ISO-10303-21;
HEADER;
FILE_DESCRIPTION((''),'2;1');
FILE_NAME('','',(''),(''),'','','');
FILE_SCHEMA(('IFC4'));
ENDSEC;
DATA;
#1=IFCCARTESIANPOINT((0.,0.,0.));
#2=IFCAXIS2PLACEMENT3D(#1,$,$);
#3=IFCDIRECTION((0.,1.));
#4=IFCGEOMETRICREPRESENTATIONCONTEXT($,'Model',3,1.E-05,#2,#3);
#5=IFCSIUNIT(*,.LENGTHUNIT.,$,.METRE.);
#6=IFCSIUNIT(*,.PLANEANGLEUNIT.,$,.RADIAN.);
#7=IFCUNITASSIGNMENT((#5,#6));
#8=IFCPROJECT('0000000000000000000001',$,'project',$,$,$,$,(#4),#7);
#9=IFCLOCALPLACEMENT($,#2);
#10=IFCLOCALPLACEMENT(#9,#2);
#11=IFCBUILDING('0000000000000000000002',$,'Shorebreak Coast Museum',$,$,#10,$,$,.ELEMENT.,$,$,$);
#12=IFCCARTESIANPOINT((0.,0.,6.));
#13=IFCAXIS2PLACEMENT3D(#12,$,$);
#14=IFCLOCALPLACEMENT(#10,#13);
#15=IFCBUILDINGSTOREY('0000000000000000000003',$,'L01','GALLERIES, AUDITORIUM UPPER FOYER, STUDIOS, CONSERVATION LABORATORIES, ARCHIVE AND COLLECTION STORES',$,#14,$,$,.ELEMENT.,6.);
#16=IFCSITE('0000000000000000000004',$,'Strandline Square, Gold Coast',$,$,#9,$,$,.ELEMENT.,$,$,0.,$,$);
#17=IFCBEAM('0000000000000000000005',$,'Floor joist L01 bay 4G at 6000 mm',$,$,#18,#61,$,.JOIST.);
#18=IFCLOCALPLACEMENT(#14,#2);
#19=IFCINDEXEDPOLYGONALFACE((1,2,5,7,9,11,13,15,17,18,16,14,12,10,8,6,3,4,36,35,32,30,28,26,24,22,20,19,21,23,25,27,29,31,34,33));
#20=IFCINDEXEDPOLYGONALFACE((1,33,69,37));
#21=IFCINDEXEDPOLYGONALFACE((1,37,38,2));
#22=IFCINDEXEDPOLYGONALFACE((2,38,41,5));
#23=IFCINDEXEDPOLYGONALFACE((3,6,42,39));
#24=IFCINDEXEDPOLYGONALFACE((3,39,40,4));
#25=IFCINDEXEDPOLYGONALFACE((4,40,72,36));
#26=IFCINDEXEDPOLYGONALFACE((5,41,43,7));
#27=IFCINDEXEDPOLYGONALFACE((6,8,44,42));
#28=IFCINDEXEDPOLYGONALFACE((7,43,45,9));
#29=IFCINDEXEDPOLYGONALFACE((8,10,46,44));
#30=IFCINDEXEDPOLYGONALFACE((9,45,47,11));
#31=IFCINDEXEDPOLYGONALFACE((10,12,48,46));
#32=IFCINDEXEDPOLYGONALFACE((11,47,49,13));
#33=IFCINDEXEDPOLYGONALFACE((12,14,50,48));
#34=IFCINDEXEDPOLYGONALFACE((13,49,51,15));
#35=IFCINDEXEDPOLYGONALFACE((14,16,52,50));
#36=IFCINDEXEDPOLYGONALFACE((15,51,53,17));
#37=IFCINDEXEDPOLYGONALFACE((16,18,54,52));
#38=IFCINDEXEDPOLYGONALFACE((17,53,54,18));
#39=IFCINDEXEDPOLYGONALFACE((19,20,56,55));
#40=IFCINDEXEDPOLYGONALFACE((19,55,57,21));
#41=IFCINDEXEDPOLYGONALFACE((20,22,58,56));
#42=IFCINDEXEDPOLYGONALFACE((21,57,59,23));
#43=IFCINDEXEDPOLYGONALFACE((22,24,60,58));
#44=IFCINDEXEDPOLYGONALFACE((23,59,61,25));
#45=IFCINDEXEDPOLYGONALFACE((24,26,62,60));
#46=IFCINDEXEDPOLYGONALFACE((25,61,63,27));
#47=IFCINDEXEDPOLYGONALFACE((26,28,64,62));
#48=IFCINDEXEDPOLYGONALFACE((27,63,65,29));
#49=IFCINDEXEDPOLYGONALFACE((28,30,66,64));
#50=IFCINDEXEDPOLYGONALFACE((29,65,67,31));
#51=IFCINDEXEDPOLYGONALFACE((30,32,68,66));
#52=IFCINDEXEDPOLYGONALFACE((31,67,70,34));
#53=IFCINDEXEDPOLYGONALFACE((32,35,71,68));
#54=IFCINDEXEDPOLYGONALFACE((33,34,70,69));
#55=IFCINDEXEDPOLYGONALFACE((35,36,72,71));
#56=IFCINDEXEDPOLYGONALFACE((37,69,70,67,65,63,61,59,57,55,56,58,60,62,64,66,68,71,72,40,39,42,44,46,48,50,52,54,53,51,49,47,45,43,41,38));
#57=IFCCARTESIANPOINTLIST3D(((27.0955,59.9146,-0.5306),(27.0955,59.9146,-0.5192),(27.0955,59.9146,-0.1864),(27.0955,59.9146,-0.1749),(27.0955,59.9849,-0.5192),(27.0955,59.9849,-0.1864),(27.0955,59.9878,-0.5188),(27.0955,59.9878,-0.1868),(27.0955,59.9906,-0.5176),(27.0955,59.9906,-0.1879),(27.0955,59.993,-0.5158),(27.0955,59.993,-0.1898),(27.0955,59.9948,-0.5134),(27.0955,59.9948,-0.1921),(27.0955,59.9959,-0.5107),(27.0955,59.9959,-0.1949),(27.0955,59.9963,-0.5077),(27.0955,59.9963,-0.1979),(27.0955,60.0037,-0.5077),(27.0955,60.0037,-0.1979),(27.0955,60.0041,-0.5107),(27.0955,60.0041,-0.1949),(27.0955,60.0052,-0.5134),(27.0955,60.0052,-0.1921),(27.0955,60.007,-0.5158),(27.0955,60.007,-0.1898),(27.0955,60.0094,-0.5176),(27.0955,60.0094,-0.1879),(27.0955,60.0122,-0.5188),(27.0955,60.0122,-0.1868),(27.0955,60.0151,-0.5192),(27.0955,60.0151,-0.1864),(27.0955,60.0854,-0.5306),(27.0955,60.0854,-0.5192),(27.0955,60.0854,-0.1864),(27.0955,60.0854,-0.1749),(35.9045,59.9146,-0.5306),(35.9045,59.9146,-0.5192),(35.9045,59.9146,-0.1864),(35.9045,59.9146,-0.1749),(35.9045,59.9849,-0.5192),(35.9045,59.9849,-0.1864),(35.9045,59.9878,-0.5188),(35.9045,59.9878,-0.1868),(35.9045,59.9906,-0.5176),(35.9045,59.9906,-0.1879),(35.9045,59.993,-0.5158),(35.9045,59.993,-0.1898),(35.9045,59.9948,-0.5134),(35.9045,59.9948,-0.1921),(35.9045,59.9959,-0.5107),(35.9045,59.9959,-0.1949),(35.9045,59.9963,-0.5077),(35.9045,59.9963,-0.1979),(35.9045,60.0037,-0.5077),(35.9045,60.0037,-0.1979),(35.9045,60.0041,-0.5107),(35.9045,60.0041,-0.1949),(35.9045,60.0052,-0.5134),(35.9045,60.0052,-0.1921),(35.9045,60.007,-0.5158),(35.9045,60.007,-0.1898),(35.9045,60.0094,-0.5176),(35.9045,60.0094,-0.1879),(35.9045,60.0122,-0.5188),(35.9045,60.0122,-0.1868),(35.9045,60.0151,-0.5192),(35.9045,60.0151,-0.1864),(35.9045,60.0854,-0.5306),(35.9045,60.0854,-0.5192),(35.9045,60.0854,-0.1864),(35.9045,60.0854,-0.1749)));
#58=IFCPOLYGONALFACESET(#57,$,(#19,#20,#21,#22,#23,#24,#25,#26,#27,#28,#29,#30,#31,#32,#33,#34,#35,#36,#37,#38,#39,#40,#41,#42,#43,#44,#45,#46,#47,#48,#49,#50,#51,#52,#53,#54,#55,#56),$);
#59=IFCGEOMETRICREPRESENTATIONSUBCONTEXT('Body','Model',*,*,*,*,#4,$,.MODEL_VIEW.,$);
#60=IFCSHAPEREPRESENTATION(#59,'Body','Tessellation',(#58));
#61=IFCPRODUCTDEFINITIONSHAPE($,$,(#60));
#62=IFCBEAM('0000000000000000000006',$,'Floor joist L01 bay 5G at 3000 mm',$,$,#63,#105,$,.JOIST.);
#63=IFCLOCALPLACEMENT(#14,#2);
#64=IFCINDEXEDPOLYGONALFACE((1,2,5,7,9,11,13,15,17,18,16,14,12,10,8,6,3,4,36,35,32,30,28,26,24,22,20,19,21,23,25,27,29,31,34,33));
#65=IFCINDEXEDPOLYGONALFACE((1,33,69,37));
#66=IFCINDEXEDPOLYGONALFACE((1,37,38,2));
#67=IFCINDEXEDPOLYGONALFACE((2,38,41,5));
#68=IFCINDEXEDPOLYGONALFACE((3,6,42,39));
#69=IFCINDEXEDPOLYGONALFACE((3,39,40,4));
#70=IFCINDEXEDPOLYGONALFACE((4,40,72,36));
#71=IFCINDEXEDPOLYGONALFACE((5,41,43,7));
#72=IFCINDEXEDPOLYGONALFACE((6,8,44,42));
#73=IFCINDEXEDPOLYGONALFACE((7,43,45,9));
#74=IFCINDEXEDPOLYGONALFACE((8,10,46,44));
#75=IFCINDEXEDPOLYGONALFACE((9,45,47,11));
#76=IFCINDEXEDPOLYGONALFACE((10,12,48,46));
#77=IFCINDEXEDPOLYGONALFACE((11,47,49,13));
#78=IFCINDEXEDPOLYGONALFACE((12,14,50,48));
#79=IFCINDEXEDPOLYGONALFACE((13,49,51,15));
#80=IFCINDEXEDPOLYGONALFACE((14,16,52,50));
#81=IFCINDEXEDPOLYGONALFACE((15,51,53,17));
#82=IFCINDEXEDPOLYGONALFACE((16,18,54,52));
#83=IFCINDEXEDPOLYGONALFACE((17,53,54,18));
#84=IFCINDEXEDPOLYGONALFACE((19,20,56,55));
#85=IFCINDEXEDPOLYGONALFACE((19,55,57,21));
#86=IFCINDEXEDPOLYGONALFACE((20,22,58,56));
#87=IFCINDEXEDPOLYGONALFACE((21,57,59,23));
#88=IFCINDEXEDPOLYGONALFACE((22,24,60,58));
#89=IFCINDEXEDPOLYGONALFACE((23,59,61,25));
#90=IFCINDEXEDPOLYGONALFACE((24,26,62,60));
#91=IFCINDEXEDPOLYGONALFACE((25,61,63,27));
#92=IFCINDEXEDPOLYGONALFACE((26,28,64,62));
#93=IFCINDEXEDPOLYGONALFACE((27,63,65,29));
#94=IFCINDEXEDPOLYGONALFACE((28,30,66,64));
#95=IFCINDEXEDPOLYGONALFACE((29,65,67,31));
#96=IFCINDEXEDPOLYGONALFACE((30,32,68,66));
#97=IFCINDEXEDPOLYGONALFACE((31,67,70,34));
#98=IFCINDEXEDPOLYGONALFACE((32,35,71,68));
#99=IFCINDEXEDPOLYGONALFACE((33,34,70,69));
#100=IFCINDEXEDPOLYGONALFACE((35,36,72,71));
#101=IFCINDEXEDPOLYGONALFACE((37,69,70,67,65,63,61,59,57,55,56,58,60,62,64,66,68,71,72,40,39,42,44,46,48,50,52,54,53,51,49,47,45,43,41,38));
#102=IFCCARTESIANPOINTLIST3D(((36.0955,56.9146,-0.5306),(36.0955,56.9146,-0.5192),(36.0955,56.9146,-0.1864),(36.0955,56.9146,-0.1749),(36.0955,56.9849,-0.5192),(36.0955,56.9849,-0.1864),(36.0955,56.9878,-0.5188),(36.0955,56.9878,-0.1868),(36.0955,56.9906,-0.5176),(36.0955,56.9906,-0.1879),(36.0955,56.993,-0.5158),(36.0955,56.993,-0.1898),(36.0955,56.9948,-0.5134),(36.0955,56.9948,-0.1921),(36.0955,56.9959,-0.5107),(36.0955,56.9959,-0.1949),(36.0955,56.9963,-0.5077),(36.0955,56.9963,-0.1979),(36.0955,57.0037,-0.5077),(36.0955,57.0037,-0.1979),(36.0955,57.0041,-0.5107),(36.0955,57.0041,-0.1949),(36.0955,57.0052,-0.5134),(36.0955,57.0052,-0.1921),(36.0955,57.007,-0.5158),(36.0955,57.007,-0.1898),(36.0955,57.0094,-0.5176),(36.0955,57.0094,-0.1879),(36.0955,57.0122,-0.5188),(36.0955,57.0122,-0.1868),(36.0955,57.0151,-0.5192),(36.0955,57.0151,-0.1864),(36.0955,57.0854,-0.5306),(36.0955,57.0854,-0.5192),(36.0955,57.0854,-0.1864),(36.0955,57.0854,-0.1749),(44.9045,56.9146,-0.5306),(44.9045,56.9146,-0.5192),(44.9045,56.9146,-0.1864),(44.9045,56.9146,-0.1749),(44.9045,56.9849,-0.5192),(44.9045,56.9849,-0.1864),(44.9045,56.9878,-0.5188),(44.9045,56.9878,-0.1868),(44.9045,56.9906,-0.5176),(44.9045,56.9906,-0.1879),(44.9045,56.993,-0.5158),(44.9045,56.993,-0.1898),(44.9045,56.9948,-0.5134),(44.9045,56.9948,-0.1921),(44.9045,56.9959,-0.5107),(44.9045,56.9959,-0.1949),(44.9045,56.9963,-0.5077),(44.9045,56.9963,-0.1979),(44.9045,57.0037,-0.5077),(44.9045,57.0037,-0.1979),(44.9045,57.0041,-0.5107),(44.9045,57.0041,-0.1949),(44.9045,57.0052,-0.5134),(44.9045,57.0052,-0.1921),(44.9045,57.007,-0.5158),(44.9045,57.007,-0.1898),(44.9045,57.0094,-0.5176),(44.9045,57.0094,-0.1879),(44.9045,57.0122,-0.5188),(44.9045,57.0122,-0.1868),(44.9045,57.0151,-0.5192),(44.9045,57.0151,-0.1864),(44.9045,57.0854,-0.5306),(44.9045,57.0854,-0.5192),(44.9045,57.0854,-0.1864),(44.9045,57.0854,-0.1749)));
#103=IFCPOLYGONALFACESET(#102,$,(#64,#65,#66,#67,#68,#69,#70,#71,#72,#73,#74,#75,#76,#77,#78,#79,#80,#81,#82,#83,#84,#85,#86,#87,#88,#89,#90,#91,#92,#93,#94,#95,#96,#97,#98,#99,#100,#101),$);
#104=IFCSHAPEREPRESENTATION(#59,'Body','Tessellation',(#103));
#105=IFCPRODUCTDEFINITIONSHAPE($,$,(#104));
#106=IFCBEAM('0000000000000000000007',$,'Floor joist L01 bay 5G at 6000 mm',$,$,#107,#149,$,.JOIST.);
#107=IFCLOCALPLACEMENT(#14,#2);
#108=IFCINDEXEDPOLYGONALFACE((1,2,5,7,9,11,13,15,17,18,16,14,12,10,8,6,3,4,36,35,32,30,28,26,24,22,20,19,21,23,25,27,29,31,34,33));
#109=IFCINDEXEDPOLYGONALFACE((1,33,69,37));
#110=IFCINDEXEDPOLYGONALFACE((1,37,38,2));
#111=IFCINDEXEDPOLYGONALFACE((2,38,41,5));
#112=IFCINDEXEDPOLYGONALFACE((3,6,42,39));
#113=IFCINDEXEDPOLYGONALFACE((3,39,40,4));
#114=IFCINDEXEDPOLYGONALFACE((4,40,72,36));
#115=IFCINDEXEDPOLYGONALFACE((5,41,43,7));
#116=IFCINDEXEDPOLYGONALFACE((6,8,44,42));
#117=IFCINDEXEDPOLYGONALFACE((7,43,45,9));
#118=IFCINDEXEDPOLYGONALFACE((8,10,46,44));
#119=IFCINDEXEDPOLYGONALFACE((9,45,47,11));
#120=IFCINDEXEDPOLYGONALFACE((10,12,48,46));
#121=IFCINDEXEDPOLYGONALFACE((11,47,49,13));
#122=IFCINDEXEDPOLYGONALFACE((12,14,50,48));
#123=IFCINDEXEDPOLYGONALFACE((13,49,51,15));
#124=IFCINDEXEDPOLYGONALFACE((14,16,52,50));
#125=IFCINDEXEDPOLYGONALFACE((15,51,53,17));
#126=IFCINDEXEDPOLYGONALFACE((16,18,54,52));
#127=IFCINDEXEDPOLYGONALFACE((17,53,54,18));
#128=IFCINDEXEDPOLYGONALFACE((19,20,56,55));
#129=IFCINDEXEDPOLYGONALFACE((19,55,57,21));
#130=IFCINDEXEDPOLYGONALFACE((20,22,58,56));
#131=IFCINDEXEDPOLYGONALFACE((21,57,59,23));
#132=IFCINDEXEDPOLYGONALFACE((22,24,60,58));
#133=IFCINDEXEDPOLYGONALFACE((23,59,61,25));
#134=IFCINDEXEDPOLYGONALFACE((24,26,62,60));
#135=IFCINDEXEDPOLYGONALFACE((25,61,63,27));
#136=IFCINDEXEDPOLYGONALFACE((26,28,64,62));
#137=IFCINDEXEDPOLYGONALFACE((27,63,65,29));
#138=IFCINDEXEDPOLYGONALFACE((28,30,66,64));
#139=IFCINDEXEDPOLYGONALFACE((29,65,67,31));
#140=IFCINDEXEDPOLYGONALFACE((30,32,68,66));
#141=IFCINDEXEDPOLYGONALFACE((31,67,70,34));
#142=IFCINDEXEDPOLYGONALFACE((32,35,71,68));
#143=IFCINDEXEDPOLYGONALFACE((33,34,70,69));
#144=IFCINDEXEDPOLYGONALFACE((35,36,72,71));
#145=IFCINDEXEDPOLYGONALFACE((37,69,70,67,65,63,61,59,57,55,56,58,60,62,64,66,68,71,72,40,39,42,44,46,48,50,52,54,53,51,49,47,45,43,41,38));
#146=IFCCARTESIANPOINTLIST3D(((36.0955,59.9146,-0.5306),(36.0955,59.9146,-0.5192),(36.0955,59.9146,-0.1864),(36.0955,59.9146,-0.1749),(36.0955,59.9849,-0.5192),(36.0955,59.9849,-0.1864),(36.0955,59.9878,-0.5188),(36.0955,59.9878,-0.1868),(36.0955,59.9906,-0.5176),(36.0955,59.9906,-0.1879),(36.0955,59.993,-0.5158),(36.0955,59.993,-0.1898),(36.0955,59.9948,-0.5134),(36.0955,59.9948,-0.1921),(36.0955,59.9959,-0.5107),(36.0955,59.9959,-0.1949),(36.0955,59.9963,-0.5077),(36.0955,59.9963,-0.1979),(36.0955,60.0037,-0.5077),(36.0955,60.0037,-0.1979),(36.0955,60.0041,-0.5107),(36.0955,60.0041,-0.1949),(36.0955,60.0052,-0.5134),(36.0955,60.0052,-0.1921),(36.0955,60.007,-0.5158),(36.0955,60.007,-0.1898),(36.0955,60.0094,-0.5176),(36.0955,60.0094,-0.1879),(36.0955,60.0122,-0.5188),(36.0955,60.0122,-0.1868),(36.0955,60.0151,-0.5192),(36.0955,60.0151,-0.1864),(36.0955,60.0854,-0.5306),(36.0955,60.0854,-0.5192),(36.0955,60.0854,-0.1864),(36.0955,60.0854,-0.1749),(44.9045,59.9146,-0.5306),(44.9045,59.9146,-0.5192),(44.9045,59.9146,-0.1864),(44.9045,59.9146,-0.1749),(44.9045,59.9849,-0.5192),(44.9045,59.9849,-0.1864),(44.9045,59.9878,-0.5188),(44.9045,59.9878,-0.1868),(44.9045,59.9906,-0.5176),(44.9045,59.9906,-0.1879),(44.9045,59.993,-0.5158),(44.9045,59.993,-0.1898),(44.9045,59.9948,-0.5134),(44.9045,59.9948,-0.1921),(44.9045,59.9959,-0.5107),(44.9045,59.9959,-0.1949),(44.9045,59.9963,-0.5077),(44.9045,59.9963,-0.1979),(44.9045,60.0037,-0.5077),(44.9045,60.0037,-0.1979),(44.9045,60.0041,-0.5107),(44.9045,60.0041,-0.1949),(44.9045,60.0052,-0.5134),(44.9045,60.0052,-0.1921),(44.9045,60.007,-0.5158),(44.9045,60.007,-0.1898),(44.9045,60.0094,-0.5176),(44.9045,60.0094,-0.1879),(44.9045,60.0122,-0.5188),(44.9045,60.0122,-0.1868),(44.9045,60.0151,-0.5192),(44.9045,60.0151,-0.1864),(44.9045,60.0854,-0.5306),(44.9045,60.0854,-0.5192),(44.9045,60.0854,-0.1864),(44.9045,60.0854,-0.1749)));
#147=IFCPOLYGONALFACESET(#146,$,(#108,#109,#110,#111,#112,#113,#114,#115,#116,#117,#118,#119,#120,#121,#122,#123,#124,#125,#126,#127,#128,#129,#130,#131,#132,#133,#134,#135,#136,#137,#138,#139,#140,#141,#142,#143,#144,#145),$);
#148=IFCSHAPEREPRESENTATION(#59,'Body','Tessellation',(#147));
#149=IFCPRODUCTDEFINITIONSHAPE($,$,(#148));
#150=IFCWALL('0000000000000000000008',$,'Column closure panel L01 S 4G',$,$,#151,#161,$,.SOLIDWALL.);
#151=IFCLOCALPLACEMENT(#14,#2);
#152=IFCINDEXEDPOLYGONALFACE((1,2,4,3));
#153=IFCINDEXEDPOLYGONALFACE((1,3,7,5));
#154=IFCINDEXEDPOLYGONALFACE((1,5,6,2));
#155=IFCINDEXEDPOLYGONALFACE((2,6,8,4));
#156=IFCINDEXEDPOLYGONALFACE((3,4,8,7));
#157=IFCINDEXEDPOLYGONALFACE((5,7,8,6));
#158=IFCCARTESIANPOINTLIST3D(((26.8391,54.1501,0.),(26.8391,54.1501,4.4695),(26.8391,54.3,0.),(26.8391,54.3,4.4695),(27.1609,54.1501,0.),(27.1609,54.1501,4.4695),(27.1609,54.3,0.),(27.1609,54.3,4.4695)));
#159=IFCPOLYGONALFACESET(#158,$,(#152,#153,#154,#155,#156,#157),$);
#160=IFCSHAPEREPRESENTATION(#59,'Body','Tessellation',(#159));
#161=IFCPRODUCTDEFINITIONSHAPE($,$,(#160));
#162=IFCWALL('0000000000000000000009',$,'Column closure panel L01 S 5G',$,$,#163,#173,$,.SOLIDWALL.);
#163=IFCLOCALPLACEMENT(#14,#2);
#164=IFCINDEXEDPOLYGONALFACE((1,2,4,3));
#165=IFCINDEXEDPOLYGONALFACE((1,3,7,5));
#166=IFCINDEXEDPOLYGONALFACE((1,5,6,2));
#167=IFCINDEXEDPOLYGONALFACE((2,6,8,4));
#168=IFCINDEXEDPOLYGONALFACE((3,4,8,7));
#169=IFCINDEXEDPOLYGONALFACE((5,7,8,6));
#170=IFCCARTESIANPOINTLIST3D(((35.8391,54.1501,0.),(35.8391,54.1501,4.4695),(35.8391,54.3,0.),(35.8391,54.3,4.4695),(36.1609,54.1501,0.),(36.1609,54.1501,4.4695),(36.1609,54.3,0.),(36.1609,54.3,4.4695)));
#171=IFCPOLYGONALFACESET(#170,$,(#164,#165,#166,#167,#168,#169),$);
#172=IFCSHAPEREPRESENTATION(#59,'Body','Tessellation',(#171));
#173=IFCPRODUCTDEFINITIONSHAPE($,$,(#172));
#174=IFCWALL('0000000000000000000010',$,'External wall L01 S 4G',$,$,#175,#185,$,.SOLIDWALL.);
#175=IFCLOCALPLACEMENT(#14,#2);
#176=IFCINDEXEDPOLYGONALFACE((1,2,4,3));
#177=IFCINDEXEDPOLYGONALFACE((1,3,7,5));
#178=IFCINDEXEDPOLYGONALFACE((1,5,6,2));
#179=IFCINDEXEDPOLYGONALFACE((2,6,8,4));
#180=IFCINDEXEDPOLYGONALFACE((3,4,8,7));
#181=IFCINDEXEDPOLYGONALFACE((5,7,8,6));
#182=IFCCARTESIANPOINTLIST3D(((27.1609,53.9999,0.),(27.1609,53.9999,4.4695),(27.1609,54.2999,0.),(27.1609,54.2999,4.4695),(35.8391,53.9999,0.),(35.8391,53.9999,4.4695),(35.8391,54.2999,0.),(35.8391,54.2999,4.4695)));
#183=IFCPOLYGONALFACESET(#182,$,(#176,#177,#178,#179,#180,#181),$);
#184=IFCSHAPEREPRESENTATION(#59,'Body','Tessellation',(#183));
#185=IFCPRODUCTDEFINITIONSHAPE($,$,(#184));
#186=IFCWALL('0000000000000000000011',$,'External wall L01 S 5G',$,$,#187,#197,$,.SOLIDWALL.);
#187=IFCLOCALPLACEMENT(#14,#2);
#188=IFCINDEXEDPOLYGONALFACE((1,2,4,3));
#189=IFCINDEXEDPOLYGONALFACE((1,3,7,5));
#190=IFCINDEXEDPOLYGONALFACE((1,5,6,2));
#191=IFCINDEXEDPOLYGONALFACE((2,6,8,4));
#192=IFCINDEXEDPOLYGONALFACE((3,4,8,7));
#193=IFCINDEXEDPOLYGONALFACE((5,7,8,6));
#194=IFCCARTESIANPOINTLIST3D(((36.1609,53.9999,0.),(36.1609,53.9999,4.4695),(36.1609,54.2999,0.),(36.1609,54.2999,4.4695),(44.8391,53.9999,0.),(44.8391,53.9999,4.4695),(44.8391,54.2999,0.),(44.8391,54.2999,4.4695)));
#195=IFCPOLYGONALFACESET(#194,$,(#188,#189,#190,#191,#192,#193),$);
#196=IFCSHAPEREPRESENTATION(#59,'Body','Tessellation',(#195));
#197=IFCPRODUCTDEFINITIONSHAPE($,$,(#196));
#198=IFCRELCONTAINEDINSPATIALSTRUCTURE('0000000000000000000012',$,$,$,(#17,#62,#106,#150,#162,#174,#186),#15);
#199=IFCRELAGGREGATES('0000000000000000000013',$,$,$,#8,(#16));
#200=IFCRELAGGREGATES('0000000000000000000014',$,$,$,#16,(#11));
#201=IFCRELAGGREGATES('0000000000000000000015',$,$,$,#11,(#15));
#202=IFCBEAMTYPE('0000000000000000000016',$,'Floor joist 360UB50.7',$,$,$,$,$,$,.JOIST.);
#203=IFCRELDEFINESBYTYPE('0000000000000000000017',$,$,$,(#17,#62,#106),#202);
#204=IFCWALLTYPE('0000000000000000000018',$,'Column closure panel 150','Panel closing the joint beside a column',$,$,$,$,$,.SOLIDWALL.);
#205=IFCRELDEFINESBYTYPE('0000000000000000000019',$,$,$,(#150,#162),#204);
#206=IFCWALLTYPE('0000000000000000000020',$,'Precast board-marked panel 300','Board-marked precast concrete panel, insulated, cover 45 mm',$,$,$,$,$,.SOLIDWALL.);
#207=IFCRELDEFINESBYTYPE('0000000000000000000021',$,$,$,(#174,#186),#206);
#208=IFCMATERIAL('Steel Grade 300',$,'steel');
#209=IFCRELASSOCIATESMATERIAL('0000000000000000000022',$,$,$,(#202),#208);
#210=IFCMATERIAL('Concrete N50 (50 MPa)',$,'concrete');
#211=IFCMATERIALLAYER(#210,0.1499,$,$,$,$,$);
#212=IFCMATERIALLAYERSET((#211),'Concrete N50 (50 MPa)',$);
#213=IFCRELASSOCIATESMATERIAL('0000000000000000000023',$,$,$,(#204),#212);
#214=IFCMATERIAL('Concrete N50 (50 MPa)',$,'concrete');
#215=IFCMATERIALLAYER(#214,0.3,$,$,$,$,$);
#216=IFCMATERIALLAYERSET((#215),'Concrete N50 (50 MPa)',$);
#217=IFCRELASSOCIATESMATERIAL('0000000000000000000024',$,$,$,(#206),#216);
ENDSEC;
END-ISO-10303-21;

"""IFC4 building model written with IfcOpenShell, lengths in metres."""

from ifc_helpers import new_model, si_unit, direction, frame, frame_2d, origin, origin_2d, place, context, subcontext, project, spatial, rectangle, i_section, extrude, material, layer, layer_set, material_profile, profile_set, type_object, element, save


model = new_model("IFC4")

# Units and contexts
model_context = context("Model", 3, precision=1e-05, world=origin(), true_north=direction((0.0, 1.0)))
body_context = subcontext(model_context, "Body", "Model", "MODEL_VIEW")
ifc_project = project(units=[si_unit("LENGTHUNIT", "METRE"), si_unit("PLANEANGLEUNIT", "RADIAN")], contexts=[model_context])

# Site, building, storey
site_placement = place(None, origin())
site = spatial("IfcSite", under=ifc_project, at=site_placement, Name="Strandline Square, Gold Coast", CompositionType="ELEMENT", RefElevation=0.0)
building_placement = place(site_placement, origin())
building = spatial("IfcBuilding", under=site, at=building_placement, Name="Shorebreak Coast Museum", CompositionType="ELEMENT")
storey_placement = place(building_placement, frame((0.0, 0.0, 6.0)))
storey = spatial("IfcBuildingStorey", under=building, at=storey_placement, Name="L01", Description="GALLERIES, AUDITORIUM UPPER FOYER, STUDIOS, CONSERVATION LABORATORIES, ARCHIVE AND COLLECTION STORES", CompositionType="ELEMENT", Elevation=6.0)

# Beams
ifc_material_1 = material(Name="Steel Grade 300", Category="steel")
ifc_material_profile_1 = material_profile(ifc_material_1, i_section(OverallWidth=0.1709, OverallDepth=0.3557, WebThickness=0.0073, FlangeThickness=0.0115, FilletRadius=0.0115, at=origin_2d()), Name="360UB50.7")
ifc_profile_set_1 = profile_set([ifc_material_profile_1], Name="Steel Grade 300")
beam_type_1 = type_object("IfcBeamType", Name="Floor joist 360UB50.7", PredefinedType="JOIST", material=ifc_profile_set_1)
for number, where, z_axis, x_axis, name in (
    (1, (27.0955, 60.0, -0.3528), (1.0, 0.0, 0.0), (0.0, 1.0, 0.0), "Floor joist L01 bay 4G at 6000 mm"),
    (2, (36.0955, 57.0, -0.3528), (1.0, 0.0, 0.0), (0.0, 1.0, 0.0), "Floor joist L01 bay 5G at 3000 mm"),
    (3, (36.0955, 60.0, -0.3528), (1.0, 0.0, 0.0), (0.0, 1.0, 0.0), "Floor joist L01 bay 5G at 6000 mm"),
):
    element("IfcBeam", number, at=place(storey_placement, frame(where, z_axis=z_axis, x_axis=x_axis)), inside=storey, type_object=beam_type_1, Name=name, PredefinedType="JOIST", context=body_context, shape_type="SweptSolid", body=[
        extrude(i_section(OverallWidth=0.1709, OverallDepth=0.3557, WebThickness=0.0073, FlangeThickness=0.0115, FilletRadius=0.0115, at=origin_2d()), origin(), (0.0, 0.0, 1.0), 8.8091),
    ])

# Walls
ifc_material_2 = material(Name="Concrete N50 (50 MPa)", Category="concrete")
ifc_layer_1 = layer(ifc_material_2, 0.1499)
ifc_layer_set_1 = layer_set([ifc_layer_1], Name="Concrete N50 (50 MPa)")
wall_type_1 = type_object("IfcWallType", Name="Column closure panel 150", Description="Panel closing the joint beside a column", PredefinedType="SOLIDWALL", material=ifc_layer_set_1)
for number, where, z_axis, x_axis, name in (
    (4, (26.8391, 54.2251, 0.0), (0.0, 0.0, 1.0), (1.0, 0.0, 0.0), "Column closure panel L01 S 4G"),
    (5, (35.8391, 54.2251, 0.0), (0.0, 0.0, 1.0), (1.0, 0.0, 0.0), "Column closure panel L01 S 5G"),
):
    element("IfcWall", number, at=place(storey_placement, frame(where, z_axis=z_axis, x_axis=x_axis)), inside=storey, type_object=wall_type_1, Name=name, PredefinedType="SOLIDWALL", context=body_context, shape_type="SweptSolid", body=[
        extrude(rectangle(XDim=0.3218, YDim=0.1499, at=frame_2d((0.1609, 0.0))), origin(), (0.0, 0.0, 1.0), 4.4695),
    ])
ifc_material_3 = material(Name="Concrete N50 (50 MPa)", Category="concrete")
ifc_layer_2 = layer(ifc_material_3, 0.3)
ifc_layer_set_2 = layer_set([ifc_layer_2], Name="Concrete N50 (50 MPa)")
wall_type_2 = type_object("IfcWallType", Name="Precast board-marked panel 300", Description="Board-marked precast concrete panel, insulated, cover 45 mm", PredefinedType="SOLIDWALL", material=ifc_layer_set_2)
for number, where, z_axis, x_axis, name in (
    (6, (27.1609, 54.1499, 0.0), (0.0, 0.0, 1.0), (1.0, 0.0, 0.0), "External wall L01 S 4G"),
    (7, (36.1609, 54.1499, 0.0), (0.0, 0.0, 1.0), (1.0, 0.0, 0.0), "External wall L01 S 5G"),
):
    element("IfcWall", number, at=place(storey_placement, frame(where, z_axis=z_axis, x_axis=x_axis)), inside=storey, type_object=wall_type_2, Name=name, PredefinedType="SOLIDWALL", context=body_context, shape_type="SweptSolid", body=[
        extrude(rectangle(XDim=8.6782, YDim=0.3, at=frame_2d((4.3391, 0.0))), origin(), (0.0, 0.0, 1.0), 4.4695),
    ])

save(model, "model.ifc")
